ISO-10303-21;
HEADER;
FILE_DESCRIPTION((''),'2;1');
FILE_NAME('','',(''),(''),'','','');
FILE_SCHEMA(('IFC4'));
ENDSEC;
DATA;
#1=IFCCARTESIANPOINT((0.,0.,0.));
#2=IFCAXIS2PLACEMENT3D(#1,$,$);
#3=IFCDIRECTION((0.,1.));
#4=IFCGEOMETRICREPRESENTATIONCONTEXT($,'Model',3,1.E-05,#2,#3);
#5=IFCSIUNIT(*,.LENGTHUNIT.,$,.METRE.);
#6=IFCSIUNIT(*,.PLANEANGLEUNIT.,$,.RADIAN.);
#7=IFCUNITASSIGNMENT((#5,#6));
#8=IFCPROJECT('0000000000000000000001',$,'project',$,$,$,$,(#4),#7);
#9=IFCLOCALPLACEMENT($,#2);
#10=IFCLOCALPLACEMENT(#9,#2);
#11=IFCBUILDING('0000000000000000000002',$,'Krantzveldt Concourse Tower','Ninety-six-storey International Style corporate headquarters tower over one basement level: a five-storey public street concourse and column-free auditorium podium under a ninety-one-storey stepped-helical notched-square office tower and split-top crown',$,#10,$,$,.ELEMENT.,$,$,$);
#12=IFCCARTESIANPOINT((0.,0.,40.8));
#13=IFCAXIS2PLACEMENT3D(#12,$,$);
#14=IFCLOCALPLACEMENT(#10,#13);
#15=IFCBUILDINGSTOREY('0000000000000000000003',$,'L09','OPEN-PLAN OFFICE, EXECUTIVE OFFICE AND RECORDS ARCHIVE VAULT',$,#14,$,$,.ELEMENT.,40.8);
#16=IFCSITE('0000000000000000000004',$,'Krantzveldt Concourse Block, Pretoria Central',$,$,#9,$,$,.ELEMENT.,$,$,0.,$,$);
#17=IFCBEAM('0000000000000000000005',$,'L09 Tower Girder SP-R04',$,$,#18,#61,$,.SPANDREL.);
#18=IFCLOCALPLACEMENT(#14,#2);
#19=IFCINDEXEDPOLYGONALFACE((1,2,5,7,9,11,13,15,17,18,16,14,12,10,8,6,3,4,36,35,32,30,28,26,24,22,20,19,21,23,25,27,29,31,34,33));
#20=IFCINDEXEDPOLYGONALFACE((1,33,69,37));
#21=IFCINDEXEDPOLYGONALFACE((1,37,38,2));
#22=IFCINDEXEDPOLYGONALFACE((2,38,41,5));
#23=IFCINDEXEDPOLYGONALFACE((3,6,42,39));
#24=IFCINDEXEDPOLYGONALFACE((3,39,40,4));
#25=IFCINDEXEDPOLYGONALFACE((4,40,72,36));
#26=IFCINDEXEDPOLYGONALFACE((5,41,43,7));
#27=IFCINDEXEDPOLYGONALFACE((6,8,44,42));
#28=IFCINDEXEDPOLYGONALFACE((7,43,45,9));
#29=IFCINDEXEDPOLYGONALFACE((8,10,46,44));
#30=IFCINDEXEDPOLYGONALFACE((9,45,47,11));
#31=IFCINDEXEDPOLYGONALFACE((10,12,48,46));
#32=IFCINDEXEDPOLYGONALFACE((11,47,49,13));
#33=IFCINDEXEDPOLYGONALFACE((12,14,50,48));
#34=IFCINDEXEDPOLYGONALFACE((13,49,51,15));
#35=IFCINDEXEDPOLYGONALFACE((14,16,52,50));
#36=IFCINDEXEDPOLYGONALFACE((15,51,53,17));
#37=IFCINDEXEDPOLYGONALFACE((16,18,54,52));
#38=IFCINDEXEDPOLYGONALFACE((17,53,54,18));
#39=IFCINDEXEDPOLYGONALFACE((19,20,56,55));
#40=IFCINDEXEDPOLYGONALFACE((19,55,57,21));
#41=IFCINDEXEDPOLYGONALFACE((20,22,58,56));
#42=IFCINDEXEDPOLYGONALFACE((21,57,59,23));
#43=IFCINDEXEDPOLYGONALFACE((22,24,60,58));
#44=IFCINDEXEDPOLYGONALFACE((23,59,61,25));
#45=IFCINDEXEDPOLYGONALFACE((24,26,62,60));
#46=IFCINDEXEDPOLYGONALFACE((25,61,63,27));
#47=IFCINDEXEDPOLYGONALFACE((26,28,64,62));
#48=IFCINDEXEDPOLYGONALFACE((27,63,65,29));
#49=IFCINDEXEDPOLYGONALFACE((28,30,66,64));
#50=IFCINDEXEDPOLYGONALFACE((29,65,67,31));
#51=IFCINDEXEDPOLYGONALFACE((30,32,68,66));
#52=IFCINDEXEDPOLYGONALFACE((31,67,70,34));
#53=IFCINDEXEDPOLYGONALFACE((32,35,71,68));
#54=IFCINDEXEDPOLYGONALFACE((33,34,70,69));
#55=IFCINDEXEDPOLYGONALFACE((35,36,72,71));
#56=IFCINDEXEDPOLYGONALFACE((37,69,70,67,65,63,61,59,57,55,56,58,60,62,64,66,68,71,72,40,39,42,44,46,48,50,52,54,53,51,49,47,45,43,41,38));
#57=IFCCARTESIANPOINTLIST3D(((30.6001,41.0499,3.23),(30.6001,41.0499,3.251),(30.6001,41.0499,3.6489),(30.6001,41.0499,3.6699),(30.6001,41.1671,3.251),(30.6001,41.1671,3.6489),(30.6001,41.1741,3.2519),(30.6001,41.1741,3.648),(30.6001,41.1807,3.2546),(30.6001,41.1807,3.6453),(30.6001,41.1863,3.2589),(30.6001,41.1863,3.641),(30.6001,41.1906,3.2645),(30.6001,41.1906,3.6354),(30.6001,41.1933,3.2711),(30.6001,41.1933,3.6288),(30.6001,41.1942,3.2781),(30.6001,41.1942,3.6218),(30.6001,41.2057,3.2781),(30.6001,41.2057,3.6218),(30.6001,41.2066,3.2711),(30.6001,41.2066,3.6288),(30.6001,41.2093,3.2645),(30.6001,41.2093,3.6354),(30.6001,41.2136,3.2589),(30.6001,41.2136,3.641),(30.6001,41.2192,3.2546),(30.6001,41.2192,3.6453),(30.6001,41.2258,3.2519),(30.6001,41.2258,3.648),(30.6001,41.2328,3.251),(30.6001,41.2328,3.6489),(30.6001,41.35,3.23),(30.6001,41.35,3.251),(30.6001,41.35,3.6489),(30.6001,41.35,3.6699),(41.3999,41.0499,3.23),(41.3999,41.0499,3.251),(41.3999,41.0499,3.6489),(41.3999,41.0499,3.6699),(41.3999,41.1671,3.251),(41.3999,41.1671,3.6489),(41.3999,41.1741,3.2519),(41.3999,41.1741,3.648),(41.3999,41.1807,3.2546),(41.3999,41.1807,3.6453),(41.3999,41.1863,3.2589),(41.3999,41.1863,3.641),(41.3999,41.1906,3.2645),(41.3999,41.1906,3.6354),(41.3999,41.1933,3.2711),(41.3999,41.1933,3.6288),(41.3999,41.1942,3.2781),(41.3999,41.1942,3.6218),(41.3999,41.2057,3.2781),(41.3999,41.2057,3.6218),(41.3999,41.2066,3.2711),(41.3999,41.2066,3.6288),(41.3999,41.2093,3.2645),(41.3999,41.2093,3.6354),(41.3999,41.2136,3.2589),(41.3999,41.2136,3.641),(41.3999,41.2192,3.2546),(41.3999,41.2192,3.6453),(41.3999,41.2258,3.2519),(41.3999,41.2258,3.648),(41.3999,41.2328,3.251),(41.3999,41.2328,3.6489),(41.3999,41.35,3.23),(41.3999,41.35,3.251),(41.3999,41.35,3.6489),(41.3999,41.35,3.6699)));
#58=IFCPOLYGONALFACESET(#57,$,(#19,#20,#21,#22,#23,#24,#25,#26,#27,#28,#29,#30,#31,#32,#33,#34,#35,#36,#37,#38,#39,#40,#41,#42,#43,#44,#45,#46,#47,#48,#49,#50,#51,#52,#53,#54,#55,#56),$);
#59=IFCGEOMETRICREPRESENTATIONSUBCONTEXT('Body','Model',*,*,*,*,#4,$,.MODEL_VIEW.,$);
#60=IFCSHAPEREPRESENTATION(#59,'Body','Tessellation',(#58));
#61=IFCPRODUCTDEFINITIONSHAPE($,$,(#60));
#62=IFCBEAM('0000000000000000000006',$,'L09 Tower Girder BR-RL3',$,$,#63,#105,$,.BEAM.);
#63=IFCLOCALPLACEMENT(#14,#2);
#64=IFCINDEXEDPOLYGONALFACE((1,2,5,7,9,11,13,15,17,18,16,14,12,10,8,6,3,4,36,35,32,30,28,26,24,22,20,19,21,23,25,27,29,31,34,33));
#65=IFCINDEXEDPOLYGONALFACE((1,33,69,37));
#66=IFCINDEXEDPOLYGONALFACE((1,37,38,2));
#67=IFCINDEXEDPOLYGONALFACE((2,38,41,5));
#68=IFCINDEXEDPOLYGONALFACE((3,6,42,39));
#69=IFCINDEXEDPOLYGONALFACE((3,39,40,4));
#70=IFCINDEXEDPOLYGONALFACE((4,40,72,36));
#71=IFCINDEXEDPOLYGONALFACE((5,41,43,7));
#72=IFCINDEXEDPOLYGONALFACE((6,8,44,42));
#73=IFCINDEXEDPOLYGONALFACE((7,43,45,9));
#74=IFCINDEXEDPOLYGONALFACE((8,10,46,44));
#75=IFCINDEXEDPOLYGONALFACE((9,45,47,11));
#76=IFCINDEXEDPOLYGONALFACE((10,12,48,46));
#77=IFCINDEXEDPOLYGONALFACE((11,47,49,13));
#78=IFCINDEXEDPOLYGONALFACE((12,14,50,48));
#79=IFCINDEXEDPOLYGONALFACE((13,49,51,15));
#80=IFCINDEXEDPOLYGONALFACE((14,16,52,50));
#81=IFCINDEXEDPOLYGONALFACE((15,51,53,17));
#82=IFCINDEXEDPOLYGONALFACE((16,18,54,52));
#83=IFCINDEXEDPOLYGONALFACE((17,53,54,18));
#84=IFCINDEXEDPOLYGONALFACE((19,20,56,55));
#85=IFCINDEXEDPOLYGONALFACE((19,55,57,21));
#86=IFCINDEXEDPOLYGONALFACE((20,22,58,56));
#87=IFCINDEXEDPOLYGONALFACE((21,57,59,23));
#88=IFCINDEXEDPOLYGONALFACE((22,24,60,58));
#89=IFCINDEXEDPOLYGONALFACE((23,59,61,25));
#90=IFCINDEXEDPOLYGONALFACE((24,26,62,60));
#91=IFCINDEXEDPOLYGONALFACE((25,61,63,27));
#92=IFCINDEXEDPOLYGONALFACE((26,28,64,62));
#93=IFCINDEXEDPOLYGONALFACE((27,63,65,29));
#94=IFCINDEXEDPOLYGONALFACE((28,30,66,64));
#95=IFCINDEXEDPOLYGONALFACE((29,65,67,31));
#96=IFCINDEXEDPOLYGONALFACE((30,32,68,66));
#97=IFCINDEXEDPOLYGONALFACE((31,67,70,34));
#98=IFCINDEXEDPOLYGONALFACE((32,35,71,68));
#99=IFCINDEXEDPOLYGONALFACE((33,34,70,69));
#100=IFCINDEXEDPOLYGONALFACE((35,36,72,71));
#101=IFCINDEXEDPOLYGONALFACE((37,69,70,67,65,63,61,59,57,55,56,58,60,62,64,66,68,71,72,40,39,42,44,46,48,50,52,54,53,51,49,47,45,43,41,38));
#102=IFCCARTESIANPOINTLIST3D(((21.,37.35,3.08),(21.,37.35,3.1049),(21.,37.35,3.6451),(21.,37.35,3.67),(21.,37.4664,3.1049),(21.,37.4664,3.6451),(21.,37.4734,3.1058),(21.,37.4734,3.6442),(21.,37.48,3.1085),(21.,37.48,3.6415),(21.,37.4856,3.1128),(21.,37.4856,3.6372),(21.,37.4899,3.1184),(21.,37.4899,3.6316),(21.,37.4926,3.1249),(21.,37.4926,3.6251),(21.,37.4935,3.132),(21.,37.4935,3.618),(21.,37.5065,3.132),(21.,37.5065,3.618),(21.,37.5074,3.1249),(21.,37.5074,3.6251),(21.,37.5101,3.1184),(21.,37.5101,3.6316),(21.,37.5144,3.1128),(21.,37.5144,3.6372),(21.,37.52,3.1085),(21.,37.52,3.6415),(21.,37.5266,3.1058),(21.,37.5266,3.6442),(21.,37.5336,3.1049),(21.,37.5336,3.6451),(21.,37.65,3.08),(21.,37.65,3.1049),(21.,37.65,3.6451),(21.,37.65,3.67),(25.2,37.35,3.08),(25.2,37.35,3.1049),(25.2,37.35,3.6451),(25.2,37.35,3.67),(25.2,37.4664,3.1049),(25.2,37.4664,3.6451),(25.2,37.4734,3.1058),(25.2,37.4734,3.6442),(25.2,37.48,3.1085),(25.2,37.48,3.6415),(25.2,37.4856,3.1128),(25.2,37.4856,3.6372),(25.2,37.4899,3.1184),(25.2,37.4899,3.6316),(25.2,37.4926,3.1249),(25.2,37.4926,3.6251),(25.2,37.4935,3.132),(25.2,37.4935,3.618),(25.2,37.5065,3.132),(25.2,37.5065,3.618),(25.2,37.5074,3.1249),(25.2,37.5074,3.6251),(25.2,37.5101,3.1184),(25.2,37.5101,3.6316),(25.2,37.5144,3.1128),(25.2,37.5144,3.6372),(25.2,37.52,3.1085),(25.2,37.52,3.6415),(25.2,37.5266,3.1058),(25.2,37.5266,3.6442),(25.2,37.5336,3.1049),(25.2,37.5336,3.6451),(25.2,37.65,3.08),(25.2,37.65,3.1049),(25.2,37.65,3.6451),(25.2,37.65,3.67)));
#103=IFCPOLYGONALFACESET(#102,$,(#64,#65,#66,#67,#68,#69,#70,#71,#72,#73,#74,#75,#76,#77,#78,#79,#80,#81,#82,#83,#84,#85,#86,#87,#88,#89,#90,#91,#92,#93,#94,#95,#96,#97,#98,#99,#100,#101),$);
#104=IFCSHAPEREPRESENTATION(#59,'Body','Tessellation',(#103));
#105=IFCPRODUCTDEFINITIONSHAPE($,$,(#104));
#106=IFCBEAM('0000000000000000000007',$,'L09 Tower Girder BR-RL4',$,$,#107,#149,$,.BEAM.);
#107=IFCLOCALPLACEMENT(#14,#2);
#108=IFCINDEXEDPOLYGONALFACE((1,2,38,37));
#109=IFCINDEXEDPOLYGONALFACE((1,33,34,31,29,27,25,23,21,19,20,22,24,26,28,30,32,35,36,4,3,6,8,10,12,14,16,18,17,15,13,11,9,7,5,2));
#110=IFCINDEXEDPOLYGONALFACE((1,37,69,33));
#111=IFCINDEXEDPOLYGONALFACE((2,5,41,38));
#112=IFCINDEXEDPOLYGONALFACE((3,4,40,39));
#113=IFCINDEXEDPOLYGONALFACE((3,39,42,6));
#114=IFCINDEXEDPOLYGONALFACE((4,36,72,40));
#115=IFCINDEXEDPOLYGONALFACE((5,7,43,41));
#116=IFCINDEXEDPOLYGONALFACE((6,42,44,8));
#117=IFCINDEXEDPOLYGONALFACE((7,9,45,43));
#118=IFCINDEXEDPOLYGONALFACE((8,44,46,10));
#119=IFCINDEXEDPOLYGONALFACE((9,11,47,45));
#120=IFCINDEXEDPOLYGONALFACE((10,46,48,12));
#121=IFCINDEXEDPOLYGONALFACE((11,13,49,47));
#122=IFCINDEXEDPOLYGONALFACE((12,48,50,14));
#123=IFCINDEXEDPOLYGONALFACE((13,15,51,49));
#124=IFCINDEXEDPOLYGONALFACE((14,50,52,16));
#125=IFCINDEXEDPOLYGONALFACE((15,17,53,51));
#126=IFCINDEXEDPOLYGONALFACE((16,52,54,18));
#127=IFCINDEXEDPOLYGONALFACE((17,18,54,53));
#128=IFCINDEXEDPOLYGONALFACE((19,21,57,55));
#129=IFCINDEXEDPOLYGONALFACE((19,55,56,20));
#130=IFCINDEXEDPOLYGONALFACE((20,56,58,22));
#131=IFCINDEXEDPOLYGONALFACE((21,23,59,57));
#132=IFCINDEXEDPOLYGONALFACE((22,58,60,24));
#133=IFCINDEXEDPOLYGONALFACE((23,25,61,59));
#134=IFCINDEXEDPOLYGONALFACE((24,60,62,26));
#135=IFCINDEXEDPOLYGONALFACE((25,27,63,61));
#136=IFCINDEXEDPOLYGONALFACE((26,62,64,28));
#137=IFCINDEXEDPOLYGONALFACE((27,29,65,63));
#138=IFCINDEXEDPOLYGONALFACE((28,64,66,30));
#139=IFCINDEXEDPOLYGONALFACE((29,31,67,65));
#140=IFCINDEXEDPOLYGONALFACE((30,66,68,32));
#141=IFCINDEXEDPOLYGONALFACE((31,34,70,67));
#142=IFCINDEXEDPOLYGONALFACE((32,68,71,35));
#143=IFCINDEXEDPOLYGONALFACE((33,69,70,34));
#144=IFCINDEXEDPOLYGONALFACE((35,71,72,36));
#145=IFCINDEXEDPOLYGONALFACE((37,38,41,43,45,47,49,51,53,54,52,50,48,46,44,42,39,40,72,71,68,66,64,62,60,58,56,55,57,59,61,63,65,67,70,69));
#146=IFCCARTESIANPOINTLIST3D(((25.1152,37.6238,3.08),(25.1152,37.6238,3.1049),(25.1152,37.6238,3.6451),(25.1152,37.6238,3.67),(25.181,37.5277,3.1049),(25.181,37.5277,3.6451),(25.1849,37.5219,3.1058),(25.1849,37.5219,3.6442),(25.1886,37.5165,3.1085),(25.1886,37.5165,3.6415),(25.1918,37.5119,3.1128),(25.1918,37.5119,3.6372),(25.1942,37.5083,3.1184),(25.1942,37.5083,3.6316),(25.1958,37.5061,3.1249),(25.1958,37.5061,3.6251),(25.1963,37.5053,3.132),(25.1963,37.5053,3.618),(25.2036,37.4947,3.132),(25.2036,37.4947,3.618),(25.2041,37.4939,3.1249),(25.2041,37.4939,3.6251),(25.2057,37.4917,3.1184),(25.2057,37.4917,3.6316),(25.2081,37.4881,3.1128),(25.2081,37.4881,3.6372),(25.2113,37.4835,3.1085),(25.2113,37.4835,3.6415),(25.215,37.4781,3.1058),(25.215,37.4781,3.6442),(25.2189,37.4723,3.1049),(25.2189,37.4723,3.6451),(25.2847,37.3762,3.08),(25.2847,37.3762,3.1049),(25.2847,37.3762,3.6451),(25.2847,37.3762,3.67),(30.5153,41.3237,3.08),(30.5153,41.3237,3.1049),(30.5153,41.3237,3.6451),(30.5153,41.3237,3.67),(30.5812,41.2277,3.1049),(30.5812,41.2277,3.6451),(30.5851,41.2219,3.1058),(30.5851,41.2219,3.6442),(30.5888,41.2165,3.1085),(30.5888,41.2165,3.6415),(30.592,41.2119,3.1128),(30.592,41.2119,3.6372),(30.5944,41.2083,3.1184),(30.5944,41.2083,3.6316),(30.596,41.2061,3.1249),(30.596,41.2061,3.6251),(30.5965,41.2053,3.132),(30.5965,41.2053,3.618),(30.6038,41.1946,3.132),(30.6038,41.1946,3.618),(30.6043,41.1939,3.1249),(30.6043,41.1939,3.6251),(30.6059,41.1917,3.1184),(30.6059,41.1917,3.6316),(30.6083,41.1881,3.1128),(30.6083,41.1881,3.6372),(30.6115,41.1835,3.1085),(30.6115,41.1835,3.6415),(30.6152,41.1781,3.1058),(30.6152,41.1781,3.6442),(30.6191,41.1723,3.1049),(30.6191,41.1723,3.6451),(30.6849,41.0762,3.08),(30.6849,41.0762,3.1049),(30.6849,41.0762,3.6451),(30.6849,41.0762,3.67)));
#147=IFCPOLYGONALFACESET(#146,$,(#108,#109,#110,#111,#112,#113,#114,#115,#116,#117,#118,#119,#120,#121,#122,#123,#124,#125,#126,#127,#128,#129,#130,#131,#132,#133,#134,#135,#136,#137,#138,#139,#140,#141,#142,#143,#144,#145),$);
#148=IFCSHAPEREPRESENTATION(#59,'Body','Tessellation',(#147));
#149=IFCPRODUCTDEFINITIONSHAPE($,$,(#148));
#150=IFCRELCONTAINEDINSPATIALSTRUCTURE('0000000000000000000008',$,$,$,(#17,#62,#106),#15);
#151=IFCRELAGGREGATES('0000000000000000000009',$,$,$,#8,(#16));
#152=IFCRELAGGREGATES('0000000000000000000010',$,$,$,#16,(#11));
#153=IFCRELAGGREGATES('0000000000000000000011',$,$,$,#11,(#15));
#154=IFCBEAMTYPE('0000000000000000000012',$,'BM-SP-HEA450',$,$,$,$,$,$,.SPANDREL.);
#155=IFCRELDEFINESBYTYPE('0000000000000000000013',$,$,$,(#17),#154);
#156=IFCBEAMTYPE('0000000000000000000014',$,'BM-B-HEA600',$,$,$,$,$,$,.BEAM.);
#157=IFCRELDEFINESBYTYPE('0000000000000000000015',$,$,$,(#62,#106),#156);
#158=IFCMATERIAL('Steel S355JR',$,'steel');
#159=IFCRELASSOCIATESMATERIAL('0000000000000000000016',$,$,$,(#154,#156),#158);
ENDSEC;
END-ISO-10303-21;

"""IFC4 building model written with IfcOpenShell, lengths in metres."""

from ifc_helpers import new_model, si_unit, direction, frame, origin, origin_2d, place, context, subcontext, project, spatial, i_section, extrude, source, transform, mapped, material, material_profile, profile_set, type_object, type_shapes, element, save


model = new_model("IFC4")

# Units and contexts
model_context = context("Model", 3, precision=1e-05, world=origin(), true_north=direction((0.0, 1.0)))
body_context = subcontext(model_context, "Body", "Model", "MODEL_VIEW")
ifc_project = project(units=[si_unit("LENGTHUNIT", "METRE"), si_unit("PLANEANGLEUNIT", "RADIAN")], contexts=[model_context])

# Site, building, storey
site_placement = place(None, origin())
site = spatial("IfcSite", under=ifc_project, at=site_placement, Name="Krantzveldt Concourse Block, Pretoria Central", CompositionType="ELEMENT", RefElevation=0.0)
building_placement = place(site_placement, origin())
building = spatial("IfcBuilding", under=site, at=building_placement, Name="Krantzveldt Concourse Tower", Description="Ninety-six-storey International Style corporate headquarters tower over one basement level: a five-storey public street concourse and column-free auditorium podium under a ninety-one-storey stepped-helical notched-square office tower and split-top crown", CompositionType="ELEMENT")
storey_placement = place(building_placement, frame((0.0, 0.0, 40.8)))
storey = spatial("IfcBuildingStorey", under=building, at=storey_placement, Name="L09", Description="OPEN-PLAN OFFICE, EXECUTIVE OFFICE AND RECORDS ARCHIVE VAULT", CompositionType="ELEMENT", Elevation=40.8)

# Beams
ifc_material_1 = material(Name="Steel S355JR", Category="steel")
ifc_material_profile_1 = material_profile(ifc_material_1, i_section(OverallWidth=0.3, OverallDepth=0.4399, WebThickness=0.0115, FlangeThickness=0.021, FilletRadius=0.0271, at=origin_2d()), Name="Steel S355JR", Category="steel")
ifc_profile_set_1 = profile_set([ifc_material_profile_1], Name="Steel S355JR - HEA 450")
beam_type_1 = type_object("IfcBeamType", Name="BM-SP-HEA450", PredefinedType="SPANDREL", material=ifc_profile_set_1)
shared_shape_1 = source(origin(), body_context, "Body", "SweptSolid", [
    extrude(i_section(OverallWidth=0.3, OverallDepth=0.4399, WebThickness=0.0115, FlangeThickness=0.021, FilletRadius=0.0271, at=origin_2d()), origin(), (0.0, 0.0, 1.0), 10.7998),
])
beam_1_placement = place(storey_placement, frame((30.6001, 41.2, 3.45), z_axis=(1.0, 0.0, 0.0), x_axis=(0.0, 1.0, 0.0)))
element("IfcBeam", 1, at=beam_1_placement, inside=storey, type_object=beam_type_1, Name="L09 Tower Girder SP-R04", PredefinedType="SPANDREL", context=body_context, shape_type="MappedRepresentation", body=[
    mapped(shared_shape_1, transform((0.0, 0.0, 0.0), x_axis=(1.0, 0.0, 0.0), y_axis=(0.0, 1.0, 0.0), z_axis=(0.0, 0.0, 1.0), scale=1.0)),
])
ifc_material_profile_2 = material_profile(ifc_material_1, i_section(OverallWidth=0.3, OverallDepth=0.5901, WebThickness=0.0129, FlangeThickness=0.0249, FilletRadius=0.0271, at=origin_2d()), Name="Steel S355JR", Category="steel")
ifc_profile_set_2 = profile_set([ifc_material_profile_2], Name="Steel S355JR - HEA 600")
beam_type_2 = type_object("IfcBeamType", Name="BM-B-HEA600", PredefinedType="BEAM", material=ifc_profile_set_2)
shared_shape_2 = source(origin(), body_context, "Body", "SweptSolid", [
    extrude(i_section(OverallWidth=0.3, OverallDepth=0.5901, WebThickness=0.0129, FlangeThickness=0.0249, FilletRadius=0.0271, at=origin_2d()), origin(), (0.0, 0.0, 1.0), 4.2),
])
beam_2_placement = place(storey_placement, frame((21.0, 37.5, 3.375), z_axis=(1.0, 0.0, 0.0), x_axis=(0.0, 1.0, 0.0)))
element("IfcBeam", 2, at=beam_2_placement, inside=storey, type_object=beam_type_2, Name="L09 Tower Girder BR-RL3", PredefinedType="BEAM", context=body_context, shape_type="MappedRepresentation", body=[
    mapped(shared_shape_2, transform((0.0, 0.0, 0.0), x_axis=(1.0, 0.0, 0.0), y_axis=(0.0, 1.0, 0.0), z_axis=(0.0, 0.0, 1.0), scale=1.0)),
])
shared_shape_3 = source(origin(), body_context, "Body", "SweptSolid", [
    extrude(i_section(OverallWidth=0.3, OverallDepth=0.5901, WebThickness=0.0129, FlangeThickness=0.0249, FilletRadius=0.0271, at=origin_2d()), origin(), (0.0, 0.0, 1.0), 6.5461),
])
type_shapes(beam_type_2, [shared_shape_2, shared_shape_3])
beam_3_placement = place(storey_placement, frame((25.2, 37.5, 3.375), z_axis=(0.824943, 0.565216, 0.0), x_axis=(-0.565216, 0.824943, 0.0)))
element("IfcBeam", 3, at=beam_3_placement, inside=storey, type_object=beam_type_2, Name="L09 Tower Girder BR-RL4", PredefinedType="BEAM", context=body_context, shape_type="MappedRepresentation", body=[
    mapped(shared_shape_3, transform((0.0, 0.0, 0.0), x_axis=(1.0, 0.0, 0.0), y_axis=(0.0, 1.0, 0.0), z_axis=(0.0, 0.0, 1.0), scale=1.0)),
])

save(model, "model.ifc")
